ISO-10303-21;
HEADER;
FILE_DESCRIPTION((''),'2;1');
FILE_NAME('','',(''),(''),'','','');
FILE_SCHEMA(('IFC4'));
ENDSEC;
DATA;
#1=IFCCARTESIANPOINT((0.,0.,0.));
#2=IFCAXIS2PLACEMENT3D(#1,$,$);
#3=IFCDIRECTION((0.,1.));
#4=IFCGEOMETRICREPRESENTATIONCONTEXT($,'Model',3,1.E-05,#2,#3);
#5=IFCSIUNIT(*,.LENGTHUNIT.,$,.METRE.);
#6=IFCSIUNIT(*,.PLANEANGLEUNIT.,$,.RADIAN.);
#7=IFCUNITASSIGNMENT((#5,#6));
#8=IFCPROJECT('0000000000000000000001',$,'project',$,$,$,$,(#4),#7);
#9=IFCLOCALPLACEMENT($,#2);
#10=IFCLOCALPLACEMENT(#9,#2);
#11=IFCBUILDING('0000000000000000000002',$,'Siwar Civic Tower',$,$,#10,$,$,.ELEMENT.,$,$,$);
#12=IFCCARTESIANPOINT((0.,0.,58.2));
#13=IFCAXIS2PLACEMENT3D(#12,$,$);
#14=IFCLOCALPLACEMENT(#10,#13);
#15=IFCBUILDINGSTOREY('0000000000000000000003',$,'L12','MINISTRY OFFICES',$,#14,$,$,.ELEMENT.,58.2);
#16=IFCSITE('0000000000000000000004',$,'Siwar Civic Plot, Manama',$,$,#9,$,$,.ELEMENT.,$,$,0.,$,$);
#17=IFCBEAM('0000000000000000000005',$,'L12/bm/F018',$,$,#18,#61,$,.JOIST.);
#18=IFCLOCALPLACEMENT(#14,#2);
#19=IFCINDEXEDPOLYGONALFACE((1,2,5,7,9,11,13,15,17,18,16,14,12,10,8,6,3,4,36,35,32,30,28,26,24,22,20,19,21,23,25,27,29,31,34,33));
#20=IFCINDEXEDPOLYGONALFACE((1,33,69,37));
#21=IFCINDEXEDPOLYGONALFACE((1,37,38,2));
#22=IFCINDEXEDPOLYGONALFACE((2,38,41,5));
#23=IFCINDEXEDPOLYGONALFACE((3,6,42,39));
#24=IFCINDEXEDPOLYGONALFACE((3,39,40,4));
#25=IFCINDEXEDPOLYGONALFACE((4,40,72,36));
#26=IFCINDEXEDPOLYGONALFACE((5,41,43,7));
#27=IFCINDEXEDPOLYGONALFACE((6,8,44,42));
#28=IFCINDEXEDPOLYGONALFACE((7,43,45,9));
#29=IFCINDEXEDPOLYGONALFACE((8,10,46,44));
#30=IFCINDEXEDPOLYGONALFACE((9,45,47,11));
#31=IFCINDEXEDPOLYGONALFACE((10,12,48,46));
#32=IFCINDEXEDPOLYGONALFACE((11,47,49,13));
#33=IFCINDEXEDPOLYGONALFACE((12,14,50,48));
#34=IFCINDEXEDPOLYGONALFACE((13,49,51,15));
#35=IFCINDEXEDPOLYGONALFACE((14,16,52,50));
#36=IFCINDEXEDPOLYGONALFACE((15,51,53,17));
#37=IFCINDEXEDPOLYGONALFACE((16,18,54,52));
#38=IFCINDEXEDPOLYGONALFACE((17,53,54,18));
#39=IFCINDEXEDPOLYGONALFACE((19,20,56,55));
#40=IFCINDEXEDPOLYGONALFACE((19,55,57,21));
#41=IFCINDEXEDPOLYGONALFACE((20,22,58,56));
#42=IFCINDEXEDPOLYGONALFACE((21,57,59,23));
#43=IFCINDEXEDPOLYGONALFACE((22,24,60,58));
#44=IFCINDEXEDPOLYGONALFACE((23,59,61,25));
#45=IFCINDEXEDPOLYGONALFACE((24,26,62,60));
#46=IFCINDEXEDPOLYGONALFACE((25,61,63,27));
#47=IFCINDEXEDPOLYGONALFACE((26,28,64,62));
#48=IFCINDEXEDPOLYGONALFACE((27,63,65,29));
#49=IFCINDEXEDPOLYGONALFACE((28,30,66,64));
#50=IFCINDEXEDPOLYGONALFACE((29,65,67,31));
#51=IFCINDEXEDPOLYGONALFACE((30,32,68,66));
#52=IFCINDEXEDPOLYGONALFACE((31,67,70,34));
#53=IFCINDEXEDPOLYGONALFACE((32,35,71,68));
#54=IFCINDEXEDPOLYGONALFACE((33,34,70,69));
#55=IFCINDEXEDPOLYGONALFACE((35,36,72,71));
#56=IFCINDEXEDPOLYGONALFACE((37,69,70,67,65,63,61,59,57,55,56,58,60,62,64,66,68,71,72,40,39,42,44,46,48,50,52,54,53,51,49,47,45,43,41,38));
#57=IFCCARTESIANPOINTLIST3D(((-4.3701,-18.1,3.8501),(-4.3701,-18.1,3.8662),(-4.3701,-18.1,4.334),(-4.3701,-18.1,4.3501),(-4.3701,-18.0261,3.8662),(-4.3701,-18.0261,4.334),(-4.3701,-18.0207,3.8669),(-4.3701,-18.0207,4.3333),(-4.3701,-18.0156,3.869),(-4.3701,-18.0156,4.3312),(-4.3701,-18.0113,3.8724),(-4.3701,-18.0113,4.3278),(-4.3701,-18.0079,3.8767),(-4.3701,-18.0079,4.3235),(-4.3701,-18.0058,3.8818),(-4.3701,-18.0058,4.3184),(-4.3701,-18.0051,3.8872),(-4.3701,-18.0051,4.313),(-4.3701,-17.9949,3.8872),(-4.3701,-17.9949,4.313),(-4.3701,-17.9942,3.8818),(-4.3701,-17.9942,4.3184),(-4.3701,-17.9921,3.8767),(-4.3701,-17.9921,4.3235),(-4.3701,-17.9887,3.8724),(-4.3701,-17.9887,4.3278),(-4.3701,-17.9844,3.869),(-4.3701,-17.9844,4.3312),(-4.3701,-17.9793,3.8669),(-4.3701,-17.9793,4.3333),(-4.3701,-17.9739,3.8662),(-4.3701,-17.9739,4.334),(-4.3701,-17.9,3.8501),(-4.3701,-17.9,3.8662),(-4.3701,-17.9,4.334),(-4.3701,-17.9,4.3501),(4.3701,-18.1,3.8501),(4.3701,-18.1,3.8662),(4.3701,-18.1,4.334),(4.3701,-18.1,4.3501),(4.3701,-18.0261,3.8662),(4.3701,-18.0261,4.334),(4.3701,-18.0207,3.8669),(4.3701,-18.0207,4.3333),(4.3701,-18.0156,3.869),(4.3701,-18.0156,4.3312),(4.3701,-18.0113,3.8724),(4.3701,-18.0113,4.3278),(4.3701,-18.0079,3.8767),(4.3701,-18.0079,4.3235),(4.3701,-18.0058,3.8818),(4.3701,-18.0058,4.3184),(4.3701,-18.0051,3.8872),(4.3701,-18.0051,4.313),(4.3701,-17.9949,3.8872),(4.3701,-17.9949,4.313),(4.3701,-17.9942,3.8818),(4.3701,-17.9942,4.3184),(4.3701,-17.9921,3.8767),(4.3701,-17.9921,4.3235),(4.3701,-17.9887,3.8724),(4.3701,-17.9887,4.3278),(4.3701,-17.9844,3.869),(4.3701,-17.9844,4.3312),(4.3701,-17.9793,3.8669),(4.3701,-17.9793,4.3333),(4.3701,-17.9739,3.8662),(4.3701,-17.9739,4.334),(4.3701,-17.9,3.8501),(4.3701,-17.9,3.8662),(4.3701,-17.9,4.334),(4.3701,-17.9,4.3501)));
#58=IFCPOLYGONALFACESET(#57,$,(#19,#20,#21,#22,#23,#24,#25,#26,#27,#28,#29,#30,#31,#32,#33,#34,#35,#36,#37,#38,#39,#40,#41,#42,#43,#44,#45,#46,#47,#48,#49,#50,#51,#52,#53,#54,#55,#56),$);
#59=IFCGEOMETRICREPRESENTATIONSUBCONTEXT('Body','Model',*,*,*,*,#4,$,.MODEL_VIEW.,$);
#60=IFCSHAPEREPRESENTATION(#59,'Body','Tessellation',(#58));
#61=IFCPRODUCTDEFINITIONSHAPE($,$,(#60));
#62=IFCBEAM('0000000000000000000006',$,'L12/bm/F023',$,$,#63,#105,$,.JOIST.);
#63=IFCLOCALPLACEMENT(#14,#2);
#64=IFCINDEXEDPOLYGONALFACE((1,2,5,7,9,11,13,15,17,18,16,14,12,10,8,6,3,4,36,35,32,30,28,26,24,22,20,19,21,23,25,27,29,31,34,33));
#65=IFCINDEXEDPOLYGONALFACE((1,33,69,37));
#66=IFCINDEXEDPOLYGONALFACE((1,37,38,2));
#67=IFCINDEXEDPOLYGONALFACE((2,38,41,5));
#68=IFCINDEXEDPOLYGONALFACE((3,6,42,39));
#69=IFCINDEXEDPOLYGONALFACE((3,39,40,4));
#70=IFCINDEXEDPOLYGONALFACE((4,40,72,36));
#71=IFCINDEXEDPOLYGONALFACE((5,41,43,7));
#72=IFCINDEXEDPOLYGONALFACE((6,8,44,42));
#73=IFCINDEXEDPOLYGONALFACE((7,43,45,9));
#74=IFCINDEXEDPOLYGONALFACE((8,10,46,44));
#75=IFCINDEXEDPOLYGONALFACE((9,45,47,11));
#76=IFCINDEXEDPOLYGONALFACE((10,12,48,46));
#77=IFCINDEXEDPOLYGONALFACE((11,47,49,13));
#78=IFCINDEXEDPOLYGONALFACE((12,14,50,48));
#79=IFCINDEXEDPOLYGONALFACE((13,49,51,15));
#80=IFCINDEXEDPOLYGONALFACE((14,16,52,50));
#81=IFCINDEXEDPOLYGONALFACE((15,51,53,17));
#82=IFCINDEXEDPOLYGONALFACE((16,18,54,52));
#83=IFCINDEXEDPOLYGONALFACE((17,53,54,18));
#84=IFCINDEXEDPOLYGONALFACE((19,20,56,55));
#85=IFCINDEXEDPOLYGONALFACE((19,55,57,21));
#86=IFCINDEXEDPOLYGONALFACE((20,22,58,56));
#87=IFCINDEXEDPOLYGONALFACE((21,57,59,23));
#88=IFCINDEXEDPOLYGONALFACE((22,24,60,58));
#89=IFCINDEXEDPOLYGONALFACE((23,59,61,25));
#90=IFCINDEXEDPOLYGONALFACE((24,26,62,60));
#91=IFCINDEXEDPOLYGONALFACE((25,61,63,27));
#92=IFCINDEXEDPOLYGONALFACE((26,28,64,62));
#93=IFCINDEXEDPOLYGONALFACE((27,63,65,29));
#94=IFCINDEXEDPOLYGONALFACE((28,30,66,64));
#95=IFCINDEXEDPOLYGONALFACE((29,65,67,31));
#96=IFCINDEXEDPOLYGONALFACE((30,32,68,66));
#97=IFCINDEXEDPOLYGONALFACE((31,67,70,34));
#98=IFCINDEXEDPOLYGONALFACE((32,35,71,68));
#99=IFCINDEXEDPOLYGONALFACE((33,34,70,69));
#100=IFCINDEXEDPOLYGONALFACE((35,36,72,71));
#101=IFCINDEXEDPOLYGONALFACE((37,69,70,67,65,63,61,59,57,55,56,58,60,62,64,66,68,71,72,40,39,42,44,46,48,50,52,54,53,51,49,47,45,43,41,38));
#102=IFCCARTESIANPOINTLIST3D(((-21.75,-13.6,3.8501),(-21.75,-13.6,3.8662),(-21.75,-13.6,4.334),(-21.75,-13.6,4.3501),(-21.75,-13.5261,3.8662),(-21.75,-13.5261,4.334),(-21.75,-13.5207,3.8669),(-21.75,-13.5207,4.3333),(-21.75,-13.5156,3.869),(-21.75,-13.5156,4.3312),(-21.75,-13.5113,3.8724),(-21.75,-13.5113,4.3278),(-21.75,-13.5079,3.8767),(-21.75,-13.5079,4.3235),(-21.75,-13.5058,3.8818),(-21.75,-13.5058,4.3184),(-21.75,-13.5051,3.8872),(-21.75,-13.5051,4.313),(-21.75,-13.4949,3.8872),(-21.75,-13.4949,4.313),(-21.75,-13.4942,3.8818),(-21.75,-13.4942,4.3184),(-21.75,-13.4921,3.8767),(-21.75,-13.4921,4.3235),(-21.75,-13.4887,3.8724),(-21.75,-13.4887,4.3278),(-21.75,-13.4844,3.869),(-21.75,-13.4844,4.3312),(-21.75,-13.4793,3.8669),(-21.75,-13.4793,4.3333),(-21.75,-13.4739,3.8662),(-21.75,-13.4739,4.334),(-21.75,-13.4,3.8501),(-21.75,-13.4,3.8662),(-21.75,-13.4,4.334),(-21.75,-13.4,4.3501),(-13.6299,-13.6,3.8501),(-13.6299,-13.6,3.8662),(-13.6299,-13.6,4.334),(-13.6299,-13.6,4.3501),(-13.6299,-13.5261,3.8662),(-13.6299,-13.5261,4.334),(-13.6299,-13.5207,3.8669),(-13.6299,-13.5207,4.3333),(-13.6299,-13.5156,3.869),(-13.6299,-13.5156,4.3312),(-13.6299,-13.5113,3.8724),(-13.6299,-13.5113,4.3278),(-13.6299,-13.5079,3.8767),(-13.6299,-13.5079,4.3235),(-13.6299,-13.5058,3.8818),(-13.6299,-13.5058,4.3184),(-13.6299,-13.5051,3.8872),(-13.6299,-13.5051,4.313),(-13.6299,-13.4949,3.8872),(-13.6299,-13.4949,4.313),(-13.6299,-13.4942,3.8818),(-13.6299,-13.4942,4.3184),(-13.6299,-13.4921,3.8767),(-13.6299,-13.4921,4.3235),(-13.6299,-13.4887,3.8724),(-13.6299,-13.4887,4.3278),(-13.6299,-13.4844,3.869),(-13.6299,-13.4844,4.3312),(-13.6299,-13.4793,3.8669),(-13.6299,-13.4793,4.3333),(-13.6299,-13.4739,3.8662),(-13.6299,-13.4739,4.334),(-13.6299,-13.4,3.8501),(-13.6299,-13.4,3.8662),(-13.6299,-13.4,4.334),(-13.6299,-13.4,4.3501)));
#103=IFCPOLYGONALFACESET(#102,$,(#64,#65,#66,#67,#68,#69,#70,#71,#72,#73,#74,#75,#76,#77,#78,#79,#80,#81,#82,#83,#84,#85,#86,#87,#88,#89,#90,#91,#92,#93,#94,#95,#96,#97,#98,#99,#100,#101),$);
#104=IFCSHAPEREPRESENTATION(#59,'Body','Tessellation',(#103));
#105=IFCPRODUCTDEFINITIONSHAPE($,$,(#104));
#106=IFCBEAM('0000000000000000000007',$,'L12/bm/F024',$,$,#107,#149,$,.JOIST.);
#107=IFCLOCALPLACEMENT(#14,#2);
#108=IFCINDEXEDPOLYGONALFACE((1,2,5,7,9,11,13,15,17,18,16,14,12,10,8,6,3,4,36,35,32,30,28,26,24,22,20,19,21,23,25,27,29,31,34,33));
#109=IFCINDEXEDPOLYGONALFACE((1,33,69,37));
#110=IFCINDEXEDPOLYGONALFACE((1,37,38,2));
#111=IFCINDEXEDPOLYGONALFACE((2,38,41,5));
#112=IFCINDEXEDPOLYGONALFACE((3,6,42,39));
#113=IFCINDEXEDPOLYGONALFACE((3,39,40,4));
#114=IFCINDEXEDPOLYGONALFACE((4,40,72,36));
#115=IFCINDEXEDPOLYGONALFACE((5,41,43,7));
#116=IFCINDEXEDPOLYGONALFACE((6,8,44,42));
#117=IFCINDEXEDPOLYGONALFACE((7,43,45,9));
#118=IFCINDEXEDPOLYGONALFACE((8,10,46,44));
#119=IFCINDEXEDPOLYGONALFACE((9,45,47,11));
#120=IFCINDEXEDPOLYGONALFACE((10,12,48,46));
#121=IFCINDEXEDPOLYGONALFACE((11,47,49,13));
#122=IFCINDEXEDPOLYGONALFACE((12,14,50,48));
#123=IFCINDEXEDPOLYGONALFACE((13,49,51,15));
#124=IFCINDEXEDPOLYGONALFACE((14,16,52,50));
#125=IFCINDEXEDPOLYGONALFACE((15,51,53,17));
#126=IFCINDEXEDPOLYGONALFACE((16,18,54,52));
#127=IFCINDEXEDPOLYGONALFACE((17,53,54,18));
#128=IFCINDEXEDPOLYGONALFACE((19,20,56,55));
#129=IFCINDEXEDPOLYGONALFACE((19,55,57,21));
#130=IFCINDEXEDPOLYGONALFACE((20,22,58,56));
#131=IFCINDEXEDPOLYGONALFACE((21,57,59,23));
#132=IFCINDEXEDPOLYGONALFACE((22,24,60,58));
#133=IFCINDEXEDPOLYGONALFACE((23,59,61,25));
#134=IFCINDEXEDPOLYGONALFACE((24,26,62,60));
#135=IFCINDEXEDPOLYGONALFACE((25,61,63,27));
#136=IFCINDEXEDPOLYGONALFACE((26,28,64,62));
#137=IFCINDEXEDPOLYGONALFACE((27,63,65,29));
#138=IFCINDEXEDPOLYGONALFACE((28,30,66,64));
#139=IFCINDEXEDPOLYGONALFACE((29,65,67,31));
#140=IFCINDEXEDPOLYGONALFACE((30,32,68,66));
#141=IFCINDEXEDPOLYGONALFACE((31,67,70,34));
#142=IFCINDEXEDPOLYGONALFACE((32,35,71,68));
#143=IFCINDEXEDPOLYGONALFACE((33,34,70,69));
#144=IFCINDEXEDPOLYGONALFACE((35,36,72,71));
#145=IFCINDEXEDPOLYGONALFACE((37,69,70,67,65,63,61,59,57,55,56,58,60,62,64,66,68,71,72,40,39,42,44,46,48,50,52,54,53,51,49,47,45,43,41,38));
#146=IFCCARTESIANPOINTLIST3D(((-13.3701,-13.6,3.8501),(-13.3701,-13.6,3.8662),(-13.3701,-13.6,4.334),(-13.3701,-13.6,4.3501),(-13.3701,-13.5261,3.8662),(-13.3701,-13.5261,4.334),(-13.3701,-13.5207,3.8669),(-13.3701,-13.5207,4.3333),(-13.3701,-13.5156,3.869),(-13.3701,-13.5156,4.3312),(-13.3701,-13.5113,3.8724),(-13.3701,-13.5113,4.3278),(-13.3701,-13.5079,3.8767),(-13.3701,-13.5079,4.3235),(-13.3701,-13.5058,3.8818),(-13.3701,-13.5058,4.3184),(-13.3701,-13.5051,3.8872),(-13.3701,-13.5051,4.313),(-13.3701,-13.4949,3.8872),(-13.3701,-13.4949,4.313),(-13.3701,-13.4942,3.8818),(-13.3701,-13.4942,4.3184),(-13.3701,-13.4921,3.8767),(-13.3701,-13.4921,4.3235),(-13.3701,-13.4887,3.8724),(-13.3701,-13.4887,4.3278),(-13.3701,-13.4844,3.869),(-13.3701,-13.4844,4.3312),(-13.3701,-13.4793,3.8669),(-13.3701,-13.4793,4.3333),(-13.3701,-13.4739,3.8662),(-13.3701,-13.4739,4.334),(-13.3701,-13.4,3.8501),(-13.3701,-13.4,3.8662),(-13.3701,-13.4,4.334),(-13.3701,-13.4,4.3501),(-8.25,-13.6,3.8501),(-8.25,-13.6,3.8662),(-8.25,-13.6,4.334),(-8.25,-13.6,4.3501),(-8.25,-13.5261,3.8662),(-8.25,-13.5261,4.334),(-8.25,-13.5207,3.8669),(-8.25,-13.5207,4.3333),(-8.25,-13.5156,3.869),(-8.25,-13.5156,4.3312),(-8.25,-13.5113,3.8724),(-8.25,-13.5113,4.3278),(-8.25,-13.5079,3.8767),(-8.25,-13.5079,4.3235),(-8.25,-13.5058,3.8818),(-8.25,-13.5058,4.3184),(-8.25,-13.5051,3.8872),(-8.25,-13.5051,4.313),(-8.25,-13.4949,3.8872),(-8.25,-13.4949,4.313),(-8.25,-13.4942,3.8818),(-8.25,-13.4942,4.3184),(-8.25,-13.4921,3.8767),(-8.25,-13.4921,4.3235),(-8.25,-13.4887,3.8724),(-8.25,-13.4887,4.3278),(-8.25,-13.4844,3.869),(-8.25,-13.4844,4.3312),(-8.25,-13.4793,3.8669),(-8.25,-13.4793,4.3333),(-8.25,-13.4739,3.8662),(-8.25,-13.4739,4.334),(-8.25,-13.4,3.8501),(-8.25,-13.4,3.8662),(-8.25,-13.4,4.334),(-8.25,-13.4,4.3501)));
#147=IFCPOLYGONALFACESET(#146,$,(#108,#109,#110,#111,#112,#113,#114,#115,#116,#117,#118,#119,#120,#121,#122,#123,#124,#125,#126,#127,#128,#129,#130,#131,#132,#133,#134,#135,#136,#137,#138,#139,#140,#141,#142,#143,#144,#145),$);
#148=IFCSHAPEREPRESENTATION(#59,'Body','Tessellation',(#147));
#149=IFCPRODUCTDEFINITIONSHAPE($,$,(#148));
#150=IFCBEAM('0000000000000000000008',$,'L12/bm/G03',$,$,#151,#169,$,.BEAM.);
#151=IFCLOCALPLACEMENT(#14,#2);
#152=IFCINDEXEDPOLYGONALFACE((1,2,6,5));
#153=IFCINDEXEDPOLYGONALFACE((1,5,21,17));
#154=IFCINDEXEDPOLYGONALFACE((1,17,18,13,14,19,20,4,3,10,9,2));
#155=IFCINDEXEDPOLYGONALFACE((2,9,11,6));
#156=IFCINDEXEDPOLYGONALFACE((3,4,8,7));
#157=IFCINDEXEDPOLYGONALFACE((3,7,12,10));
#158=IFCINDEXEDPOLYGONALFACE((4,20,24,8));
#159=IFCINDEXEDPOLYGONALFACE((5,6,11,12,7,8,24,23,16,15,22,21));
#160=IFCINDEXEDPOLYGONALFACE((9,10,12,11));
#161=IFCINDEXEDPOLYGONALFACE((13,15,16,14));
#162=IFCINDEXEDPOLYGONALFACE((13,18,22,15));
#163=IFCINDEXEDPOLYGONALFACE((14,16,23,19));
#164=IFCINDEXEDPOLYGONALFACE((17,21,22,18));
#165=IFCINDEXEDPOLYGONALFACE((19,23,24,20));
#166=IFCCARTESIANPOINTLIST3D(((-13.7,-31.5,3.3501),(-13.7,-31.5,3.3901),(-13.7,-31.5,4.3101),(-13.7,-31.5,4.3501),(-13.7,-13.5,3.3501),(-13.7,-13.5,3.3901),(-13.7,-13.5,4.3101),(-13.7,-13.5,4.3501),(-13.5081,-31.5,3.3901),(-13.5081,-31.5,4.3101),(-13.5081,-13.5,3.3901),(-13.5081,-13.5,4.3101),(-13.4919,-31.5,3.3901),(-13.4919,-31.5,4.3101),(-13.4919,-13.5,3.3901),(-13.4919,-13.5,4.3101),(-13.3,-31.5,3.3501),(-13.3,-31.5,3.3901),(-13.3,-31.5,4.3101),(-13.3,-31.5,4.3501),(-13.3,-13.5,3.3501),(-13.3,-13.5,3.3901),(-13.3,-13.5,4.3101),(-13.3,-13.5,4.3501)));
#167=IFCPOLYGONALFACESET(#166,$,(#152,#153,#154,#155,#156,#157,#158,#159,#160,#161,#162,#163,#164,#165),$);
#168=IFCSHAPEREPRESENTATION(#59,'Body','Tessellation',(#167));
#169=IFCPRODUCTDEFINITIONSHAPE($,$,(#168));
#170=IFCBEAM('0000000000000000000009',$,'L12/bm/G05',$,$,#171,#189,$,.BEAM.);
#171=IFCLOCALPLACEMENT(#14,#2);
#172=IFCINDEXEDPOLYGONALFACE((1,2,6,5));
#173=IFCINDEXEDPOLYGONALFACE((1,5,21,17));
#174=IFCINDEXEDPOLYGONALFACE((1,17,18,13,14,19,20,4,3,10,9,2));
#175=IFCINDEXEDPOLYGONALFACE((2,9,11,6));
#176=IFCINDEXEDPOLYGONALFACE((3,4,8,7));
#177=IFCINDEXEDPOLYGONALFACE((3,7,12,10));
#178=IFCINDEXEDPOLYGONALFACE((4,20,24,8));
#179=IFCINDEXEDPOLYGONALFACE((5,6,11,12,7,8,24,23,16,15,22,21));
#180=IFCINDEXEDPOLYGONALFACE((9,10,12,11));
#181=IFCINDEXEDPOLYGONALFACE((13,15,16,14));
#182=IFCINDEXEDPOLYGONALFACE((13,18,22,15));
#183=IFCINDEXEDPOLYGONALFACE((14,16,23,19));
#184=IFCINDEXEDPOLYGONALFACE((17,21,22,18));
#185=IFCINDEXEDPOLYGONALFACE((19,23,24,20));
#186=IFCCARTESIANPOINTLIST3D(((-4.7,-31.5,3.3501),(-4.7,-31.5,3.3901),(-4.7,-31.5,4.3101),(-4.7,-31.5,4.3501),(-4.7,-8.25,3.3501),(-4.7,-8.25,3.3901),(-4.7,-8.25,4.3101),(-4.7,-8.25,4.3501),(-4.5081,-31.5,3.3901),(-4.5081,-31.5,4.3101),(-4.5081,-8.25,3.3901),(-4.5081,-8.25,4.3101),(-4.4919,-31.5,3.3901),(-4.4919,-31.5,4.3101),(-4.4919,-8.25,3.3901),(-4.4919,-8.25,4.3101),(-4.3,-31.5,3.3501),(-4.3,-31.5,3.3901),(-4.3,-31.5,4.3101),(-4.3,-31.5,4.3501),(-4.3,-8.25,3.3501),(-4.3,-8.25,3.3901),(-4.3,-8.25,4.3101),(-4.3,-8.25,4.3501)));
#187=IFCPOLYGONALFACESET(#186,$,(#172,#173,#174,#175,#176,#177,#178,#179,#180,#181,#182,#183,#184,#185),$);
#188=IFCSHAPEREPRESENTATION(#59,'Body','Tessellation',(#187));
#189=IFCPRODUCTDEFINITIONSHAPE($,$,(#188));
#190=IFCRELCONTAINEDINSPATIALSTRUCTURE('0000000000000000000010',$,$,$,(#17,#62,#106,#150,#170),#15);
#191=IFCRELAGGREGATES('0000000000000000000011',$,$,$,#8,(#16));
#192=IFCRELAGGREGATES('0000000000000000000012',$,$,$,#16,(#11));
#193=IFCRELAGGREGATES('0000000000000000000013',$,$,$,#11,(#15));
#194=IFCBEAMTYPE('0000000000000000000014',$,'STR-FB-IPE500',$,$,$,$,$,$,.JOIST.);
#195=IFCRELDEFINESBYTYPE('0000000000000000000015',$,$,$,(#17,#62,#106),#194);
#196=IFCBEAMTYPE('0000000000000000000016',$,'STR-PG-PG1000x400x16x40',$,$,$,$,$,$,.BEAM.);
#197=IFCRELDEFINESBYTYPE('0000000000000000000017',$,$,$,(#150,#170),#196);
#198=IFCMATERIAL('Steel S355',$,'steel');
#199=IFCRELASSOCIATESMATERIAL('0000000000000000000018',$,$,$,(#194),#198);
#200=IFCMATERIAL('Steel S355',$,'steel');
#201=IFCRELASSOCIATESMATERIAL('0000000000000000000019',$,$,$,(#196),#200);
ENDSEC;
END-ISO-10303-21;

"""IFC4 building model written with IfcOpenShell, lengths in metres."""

from ifc_helpers import new_model, si_unit, direction, frame, origin, origin_2d, place, context, subcontext, project, spatial, i_section, extrude, material, material_profile, profile_set, type_object, element, save


model = new_model("IFC4")

# Units and contexts
model_context = context("Model", 3, precision=1e-05, world=origin(), true_north=direction((0.0, 1.0)))
body_context = subcontext(model_context, "Body", "Model", "MODEL_VIEW")
ifc_project = project(units=[si_unit("LENGTHUNIT", "METRE"), si_unit("PLANEANGLEUNIT", "RADIAN")], contexts=[model_context])

# Site, building, storey
site_placement = place(None, origin())
site = spatial("IfcSite", under=ifc_project, at=site_placement, Name="Siwar Civic Plot, Manama", CompositionType="ELEMENT", RefElevation=0.0)
building_placement = place(site_placement, origin())
building = spatial("IfcBuilding", under=site, at=building_placement, Name="Siwar Civic Tower", CompositionType="ELEMENT")
storey_placement = place(building_placement, frame((0.0, 0.0, 58.2)))
storey = spatial("IfcBuildingStorey", under=building, at=storey_placement, Name="L12", Description="MINISTRY OFFICES", CompositionType="ELEMENT", Elevation=58.2)

# Beams
ifc_material_1 = material(Name="Steel S355", Category="steel")
ifc_material_profile_1 = material_profile(ifc_material_1, i_section(OverallWidth=0.2, OverallDepth=0.5, WebThickness=0.0103, FlangeThickness=0.0161, FilletRadius=0.021, at=origin_2d()), Name="IPE500")
ifc_profile_set_1 = profile_set([ifc_material_profile_1], Name="Steel S355")
beam_type_1 = type_object("IfcBeamType", Name="STR-FB-IPE500", PredefinedType="JOIST", material=ifc_profile_set_1)
for number, where, z_axis, x_axis, name in (
    (1, (-4.3701, -18.0, 4.1001), (1.0, 0.0, 0.0), (0.0, 1.0, 0.0), "L12/bm/F018"),
):
    element("IfcBeam", number, at=place(storey_placement, frame(where, z_axis=z_axis, x_axis=x_axis)), inside=storey, type_object=beam_type_1, Name=name, PredefinedType="JOIST", context=body_context, shape_type="SweptSolid", body=[
        extrude(i_section(OverallWidth=0.2, OverallDepth=0.5, WebThickness=0.0103, FlangeThickness=0.0161, FilletRadius=0.021, at=origin_2d()), origin(), (0.0, 0.0, 1.0), 8.7402),
    ])
beam_1_placement = place(storey_placement, frame((-21.75, -13.5, 4.1001), z_axis=(1.0, 0.0, 0.0), x_axis=(0.0, 1.0, 0.0)))
element("IfcBeam", 2, at=beam_1_placement, inside=storey, type_object=beam_type_1, Name="L12/bm/F023", PredefinedType="JOIST", context=body_context, shape_type="SweptSolid", body=[
    extrude(i_section(OverallWidth=0.2, OverallDepth=0.5, WebThickness=0.0103, FlangeThickness=0.0161, FilletRadius=0.021, at=origin_2d()), origin(), (0.0, 0.0, 1.0), 8.1201),
])
beam_2_placement = place(storey_placement, frame((-13.3701, -13.5, 4.1001), z_axis=(1.0, 0.0, 0.0), x_axis=(0.0, 1.0, 0.0)))
element("IfcBeam", 3, at=beam_2_placement, inside=storey, type_object=beam_type_1, Name="L12/bm/F024", PredefinedType="JOIST", context=body_context, shape_type="SweptSolid", body=[
    extrude(i_section(OverallWidth=0.2, OverallDepth=0.5, WebThickness=0.0103, FlangeThickness=0.0161, FilletRadius=0.021, at=origin_2d()), origin(), (0.0, 0.0, 1.0), 5.1201),
])
ifc_material_2 = material(Name="Steel S355", Category="steel")
ifc_material_profile_2 = material_profile(ifc_material_2, i_section(OverallWidth=0.3999, OverallDepth=1.0, WebThickness=0.0161, FlangeThickness=0.04, at=origin_2d()), Name="PG1000x400x16x40")
ifc_profile_set_2 = profile_set([ifc_material_profile_2], Name="Steel S355")
beam_type_2 = type_object("IfcBeamType", Name="STR-PG-PG1000x400x16x40", PredefinedType="BEAM", material=ifc_profile_set_2)
beam_3_placement = place(storey_placement, frame((-13.5, -31.5, 3.8501), z_axis=(0.0, 1.0, 0.0), x_axis=(-1.0, 0.0, 0.0)))
element("IfcBeam", 4, at=beam_3_placement, inside=storey, type_object=beam_type_2, Name="L12/bm/G03", PredefinedType="BEAM", context=body_context, shape_type="SweptSolid", body=[
    extrude(i_section(OverallWidth=0.3999, OverallDepth=1.0, WebThickness=0.0161, FlangeThickness=0.04, at=origin_2d()), origin(), (0.0, 0.0, 1.0), 18.0),
])
beam_4_placement = place(storey_placement, frame((-4.5, -31.5, 3.8501), z_axis=(0.0, 1.0, 0.0), x_axis=(-1.0, 0.0, 0.0)))
element("IfcBeam", 5, at=beam_4_placement, inside=storey, type_object=beam_type_2, Name="L12/bm/G05", PredefinedType="BEAM", context=body_context, shape_type="SweptSolid", body=[
    extrude(i_section(OverallWidth=0.3999, OverallDepth=1.0, WebThickness=0.0161, FlangeThickness=0.04, at=origin_2d()), origin(), (0.0, 0.0, 1.0), 23.25),
])

save(model, "model.ifc")
